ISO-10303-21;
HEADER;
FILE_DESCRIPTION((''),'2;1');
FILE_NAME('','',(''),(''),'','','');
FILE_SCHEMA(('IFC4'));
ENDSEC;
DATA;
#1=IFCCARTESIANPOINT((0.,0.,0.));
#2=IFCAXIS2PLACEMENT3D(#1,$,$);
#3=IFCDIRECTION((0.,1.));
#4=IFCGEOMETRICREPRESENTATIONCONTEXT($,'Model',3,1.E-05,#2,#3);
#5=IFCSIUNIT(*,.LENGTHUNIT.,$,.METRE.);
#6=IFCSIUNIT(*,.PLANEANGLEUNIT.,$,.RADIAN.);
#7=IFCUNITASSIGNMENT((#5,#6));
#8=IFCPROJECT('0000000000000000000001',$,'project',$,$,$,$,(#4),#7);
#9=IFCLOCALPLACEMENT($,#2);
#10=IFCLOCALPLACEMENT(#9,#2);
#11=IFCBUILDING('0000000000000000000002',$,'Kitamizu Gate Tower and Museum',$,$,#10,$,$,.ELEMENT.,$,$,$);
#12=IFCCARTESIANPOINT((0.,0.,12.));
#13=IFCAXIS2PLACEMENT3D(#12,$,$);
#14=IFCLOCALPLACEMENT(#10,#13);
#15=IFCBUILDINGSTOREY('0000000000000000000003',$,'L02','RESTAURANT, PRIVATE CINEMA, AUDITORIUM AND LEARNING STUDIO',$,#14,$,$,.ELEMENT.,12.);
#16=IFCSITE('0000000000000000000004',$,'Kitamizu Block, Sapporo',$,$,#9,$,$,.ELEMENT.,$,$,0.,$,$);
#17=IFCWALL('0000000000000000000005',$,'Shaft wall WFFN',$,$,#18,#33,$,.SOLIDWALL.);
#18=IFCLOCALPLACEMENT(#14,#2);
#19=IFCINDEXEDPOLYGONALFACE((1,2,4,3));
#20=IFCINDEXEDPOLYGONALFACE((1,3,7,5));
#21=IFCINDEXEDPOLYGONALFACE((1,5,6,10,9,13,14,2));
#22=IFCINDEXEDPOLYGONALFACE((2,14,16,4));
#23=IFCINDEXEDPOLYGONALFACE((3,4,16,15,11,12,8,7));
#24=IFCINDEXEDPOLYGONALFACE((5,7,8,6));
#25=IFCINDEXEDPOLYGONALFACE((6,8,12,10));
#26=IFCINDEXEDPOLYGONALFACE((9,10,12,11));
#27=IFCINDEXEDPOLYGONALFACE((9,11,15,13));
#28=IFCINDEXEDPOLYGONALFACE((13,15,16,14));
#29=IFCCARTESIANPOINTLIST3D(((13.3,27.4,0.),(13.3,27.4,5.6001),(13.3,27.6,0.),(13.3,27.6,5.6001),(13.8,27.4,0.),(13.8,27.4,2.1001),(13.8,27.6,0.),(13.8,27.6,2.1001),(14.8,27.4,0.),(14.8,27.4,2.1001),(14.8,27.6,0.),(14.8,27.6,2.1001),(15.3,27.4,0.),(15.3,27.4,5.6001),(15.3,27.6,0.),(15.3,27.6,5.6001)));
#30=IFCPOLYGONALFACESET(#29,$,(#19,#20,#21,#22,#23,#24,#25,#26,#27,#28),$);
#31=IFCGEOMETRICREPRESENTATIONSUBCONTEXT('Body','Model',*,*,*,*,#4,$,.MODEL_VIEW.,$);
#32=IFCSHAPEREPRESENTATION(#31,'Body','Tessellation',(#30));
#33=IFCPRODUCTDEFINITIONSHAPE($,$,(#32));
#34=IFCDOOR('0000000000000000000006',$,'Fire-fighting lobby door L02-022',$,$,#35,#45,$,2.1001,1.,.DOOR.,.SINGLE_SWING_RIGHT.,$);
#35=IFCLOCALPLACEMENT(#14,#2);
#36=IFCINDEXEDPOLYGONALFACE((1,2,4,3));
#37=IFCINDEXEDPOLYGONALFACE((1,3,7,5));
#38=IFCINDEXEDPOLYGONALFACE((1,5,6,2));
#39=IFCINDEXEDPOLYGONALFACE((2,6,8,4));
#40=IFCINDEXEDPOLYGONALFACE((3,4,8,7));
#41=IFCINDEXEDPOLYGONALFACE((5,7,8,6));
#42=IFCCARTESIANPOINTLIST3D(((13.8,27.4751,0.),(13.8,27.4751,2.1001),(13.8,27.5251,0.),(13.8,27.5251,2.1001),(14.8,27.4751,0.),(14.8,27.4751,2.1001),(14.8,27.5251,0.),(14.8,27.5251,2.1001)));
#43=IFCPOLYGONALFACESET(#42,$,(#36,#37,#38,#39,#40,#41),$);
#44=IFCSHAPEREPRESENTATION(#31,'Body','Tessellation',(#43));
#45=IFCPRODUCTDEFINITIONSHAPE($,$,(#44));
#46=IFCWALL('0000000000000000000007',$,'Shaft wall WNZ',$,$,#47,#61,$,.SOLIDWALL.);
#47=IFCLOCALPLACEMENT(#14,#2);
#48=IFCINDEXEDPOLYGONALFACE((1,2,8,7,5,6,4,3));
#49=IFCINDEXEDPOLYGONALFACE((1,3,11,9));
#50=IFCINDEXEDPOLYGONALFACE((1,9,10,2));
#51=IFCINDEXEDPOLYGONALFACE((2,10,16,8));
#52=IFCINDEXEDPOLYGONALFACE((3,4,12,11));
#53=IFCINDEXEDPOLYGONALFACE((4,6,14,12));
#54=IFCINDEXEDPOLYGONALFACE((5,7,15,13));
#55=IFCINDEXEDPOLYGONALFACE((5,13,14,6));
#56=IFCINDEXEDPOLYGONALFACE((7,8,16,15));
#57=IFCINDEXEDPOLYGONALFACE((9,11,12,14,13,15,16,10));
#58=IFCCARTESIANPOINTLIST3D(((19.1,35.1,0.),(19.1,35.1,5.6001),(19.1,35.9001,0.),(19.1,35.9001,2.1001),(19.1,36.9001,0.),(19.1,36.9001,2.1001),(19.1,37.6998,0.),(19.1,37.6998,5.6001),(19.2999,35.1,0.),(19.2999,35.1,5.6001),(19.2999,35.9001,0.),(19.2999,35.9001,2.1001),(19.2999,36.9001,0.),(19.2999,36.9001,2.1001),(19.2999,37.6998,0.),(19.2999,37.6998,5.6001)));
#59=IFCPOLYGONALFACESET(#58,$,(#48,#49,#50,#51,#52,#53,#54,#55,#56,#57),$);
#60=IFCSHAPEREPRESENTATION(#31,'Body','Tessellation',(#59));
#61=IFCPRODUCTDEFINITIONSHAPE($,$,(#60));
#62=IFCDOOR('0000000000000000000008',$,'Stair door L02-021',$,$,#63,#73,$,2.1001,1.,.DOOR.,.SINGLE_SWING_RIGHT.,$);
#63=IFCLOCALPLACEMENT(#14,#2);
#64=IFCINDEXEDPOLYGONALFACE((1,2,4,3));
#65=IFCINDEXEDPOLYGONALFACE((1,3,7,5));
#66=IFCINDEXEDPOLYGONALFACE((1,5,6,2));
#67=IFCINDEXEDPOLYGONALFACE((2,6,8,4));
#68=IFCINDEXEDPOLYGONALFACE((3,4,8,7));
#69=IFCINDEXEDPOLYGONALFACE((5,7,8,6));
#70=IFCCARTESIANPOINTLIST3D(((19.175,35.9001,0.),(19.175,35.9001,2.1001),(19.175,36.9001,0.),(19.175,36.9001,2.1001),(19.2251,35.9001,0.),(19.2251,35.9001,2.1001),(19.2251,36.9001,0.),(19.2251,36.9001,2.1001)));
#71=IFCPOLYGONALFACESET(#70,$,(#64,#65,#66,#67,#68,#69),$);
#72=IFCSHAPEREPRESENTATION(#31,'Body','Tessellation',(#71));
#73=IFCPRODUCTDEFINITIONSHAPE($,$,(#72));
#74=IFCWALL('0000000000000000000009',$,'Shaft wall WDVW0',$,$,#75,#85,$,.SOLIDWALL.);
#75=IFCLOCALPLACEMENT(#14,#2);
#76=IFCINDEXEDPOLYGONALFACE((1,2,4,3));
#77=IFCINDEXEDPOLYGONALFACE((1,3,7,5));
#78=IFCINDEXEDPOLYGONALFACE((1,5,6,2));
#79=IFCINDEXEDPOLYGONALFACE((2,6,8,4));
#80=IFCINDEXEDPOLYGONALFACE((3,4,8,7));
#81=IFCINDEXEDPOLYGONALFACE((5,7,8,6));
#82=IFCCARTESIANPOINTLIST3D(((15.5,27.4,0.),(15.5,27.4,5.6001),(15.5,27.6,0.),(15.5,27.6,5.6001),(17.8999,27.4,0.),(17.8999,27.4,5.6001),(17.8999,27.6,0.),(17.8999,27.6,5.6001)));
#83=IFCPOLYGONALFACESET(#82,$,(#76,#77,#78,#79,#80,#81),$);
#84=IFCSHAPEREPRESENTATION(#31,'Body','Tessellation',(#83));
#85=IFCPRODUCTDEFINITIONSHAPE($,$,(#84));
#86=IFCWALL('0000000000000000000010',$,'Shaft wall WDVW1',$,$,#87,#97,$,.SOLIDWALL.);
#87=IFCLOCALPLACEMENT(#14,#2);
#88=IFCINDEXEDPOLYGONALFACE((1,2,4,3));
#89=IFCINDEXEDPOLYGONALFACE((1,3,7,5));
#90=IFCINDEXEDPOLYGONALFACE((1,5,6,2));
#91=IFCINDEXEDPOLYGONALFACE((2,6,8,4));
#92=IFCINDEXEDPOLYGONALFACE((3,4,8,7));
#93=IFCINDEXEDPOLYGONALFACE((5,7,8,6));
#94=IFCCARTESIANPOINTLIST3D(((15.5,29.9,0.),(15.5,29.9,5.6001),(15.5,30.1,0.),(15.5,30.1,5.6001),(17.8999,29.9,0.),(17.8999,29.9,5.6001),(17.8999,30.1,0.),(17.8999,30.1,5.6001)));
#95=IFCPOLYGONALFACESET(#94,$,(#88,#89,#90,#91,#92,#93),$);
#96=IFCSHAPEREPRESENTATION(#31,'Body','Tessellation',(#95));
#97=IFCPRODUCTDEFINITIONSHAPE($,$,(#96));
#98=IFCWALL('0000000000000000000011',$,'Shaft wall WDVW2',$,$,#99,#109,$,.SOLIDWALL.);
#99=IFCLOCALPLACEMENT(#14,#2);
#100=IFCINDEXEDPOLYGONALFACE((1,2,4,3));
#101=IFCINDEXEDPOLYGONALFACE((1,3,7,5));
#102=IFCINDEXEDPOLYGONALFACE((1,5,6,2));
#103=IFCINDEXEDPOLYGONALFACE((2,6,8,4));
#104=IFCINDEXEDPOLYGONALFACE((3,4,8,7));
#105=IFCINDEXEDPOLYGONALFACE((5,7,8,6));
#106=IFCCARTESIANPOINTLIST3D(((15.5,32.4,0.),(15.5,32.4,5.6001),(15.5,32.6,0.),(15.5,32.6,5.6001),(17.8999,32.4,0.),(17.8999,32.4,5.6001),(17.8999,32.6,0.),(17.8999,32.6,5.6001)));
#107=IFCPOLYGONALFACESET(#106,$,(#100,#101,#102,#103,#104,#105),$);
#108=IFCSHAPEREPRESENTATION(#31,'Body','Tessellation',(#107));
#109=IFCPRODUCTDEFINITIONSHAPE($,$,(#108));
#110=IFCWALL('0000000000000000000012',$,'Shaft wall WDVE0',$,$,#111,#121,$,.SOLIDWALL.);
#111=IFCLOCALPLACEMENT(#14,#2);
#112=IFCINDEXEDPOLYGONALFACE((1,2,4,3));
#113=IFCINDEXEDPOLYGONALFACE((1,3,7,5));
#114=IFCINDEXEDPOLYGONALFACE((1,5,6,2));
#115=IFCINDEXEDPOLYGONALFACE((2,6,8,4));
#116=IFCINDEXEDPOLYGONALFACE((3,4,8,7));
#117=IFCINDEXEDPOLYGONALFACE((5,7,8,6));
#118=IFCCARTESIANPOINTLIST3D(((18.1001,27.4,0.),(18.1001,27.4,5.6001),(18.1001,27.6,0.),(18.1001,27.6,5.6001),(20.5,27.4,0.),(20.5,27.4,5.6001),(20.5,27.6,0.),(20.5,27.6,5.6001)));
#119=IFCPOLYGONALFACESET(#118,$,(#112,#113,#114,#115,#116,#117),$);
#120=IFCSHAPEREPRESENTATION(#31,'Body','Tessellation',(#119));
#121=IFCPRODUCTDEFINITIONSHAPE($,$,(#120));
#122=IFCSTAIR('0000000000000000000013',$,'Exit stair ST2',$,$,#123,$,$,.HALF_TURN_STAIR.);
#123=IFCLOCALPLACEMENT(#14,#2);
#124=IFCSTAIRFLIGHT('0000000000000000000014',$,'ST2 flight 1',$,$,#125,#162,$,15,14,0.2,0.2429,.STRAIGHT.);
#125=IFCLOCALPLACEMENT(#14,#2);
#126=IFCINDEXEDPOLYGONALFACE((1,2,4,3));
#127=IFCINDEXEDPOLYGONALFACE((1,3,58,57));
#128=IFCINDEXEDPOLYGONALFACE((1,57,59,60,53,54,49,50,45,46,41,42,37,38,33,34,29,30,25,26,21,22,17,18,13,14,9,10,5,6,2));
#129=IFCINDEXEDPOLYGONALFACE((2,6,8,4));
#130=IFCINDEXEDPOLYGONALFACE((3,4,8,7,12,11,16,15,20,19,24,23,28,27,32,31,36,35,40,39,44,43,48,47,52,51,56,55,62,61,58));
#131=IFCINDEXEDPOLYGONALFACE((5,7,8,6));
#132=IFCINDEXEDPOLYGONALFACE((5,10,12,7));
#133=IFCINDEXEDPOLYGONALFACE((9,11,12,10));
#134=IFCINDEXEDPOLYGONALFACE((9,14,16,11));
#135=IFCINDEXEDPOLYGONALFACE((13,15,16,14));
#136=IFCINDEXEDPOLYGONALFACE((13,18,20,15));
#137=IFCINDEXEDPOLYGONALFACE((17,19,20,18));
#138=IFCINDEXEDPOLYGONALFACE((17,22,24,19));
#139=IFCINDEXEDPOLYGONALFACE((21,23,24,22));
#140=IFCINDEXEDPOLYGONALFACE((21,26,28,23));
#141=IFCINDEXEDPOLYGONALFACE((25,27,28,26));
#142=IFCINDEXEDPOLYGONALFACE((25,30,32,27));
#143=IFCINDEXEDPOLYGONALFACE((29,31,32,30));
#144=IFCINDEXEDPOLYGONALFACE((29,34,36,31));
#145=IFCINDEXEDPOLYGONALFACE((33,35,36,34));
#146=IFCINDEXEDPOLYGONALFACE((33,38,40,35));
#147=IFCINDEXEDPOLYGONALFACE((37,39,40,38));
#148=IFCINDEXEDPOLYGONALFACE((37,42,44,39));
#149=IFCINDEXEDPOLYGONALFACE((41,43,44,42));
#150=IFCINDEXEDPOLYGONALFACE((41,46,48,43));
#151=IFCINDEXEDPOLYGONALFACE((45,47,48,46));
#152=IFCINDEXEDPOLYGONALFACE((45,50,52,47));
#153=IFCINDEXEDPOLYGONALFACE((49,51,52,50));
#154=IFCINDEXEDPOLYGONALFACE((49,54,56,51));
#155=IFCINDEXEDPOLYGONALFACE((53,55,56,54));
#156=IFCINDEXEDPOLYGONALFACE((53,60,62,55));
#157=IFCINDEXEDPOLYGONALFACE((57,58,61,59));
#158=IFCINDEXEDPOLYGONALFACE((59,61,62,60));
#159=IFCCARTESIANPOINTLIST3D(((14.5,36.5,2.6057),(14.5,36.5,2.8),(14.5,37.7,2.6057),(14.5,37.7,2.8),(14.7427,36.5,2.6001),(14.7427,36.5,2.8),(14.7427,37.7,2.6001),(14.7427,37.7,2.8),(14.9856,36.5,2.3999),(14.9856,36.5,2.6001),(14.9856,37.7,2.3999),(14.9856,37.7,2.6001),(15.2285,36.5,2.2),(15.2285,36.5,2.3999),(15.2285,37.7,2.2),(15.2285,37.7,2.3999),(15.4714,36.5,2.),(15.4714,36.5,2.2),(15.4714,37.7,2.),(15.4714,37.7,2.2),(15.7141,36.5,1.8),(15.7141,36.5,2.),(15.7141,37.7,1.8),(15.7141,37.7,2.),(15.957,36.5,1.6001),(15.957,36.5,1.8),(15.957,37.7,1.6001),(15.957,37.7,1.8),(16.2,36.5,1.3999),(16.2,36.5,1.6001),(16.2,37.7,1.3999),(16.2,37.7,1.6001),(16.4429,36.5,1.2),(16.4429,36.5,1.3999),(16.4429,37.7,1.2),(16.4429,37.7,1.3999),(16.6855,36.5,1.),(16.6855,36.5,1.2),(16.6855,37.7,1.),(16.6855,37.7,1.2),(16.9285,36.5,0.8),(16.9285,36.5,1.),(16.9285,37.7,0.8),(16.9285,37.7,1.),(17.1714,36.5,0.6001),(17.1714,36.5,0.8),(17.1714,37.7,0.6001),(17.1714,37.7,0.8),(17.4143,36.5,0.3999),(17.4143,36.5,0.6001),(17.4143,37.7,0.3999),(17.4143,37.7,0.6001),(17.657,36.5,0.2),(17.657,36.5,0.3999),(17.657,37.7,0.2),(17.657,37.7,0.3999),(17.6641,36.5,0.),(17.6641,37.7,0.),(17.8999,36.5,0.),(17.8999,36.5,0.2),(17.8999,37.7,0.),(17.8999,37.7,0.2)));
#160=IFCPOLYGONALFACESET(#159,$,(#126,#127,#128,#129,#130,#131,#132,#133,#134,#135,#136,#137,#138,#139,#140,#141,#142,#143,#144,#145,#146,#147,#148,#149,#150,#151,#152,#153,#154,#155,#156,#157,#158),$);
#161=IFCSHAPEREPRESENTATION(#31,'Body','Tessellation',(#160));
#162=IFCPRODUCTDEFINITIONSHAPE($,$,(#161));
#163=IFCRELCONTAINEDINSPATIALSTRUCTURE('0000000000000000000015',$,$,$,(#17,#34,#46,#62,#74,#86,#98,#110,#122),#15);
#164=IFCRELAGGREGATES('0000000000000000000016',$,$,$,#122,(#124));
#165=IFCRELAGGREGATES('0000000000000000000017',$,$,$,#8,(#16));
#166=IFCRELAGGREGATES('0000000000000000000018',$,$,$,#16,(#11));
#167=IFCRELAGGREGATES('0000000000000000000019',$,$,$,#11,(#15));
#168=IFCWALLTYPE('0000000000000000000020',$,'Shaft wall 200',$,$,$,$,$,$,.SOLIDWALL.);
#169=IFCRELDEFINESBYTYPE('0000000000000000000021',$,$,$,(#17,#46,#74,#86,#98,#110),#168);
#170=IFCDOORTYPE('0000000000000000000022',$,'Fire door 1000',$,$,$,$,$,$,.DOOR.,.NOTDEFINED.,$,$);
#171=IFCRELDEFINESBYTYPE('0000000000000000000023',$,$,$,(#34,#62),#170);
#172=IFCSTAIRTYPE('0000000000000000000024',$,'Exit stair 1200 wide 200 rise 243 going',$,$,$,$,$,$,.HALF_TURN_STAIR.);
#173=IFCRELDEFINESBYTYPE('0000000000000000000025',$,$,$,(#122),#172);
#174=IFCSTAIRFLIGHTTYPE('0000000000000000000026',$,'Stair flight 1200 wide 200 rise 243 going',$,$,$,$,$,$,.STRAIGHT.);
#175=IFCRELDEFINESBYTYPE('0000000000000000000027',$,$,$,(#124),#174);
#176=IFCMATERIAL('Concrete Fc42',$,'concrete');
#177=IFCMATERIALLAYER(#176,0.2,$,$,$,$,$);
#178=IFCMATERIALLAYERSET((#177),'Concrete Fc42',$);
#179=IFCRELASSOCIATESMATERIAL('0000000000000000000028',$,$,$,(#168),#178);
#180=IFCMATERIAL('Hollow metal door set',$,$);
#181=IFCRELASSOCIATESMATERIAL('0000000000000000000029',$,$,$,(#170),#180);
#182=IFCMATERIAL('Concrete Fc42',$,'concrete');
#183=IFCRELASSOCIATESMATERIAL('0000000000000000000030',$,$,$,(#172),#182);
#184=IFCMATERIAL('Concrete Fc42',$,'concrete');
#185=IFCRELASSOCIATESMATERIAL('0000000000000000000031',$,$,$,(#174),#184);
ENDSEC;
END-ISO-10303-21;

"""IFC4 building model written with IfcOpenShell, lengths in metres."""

from ifc_helpers import new_model, si_unit, direction, frame, frame_2d, origin, place, context, subcontext, project, spatial, polyline, rectangle, outline, extrude, material, layer, layer_set, type_object, element, fill, aggregate, save


model = new_model("IFC4")

# Units and contexts
model_context = context("Model", 3, precision=1e-05, world=origin(), true_north=direction((0.0, 1.0)))
body_context = subcontext(model_context, "Body", "Model", "MODEL_VIEW")
ifc_project = project(units=[si_unit("LENGTHUNIT", "METRE"), si_unit("PLANEANGLEUNIT", "RADIAN")], contexts=[model_context])

# Site, building, storey
site_placement = place(None, origin())
site = spatial("IfcSite", under=ifc_project, at=site_placement, Name="Kitamizu Block, Sapporo", CompositionType="ELEMENT", RefElevation=0.0)
building_placement = place(site_placement, origin())
building = spatial("IfcBuilding", under=site, at=building_placement, Name="Kitamizu Gate Tower and Museum", CompositionType="ELEMENT")
storey_placement = place(building_placement, frame((0.0, 0.0, 12.0)))
storey = spatial("IfcBuildingStorey", under=building, at=storey_placement, Name="L02", Description="RESTAURANT, PRIVATE CINEMA, AUDITORIUM AND LEARNING STUDIO", CompositionType="ELEMENT", Elevation=12.0)

# Shared definitions
ifc_material_1 = material(Name="Concrete Fc42", Category="concrete")
ifc_layer_1 = layer(ifc_material_1, 0.2)
ifc_layer_set_1 = layer_set([ifc_layer_1], Name="Concrete Fc42")
wall_type_1 = type_object("IfcWallType", Name="Shaft wall 200", PredefinedType="SOLIDWALL", material=ifc_layer_set_1)
ifc_material_2 = material(Name="Hollow metal door set")
door_type_1 = type_object("IfcDoorType", Name="Fire door 1000", OperationType="NOTDEFINED", PredefinedType="DOOR", material=ifc_material_2)

# Walls, openings, doors
wall_1_placement = place(storey_placement, frame((13.3, 27.5, 0.0), z_axis=(0.0, 0.0, 1.0), x_axis=(1.0, 0.0, 0.0)))
wall_1 = element("IfcWall", 1, at=wall_1_placement, inside=storey, type_object=wall_type_1, Name="Shaft wall WFFN", PredefinedType="SOLIDWALL", context=body_context, shape_type="SweptSolid", body=[
    extrude(rectangle(XDim=2.0, YDim=0.2, at=frame_2d((1.0, 0.0))), origin(), (0.0, 0.0, 1.0), 5.6001),
])
opening_1_placement = place(wall_1_placement, frame((0.5, 0.0, 0.0)))
opening_1 = element("IfcOpeningElement", 2, at=opening_1_placement, cuts=wall_1, PredefinedType="OPENING", context=body_context, shape_type="SweptSolid", body=[
    extrude(rectangle(XDim=1.0, YDim=2.1001, at=frame_2d((0.5, 1.05))), frame((0.0, 0.1099, 0.0), z_axis=(0.0, -1.0, 0.0), x_axis=(1.0, 0.0, 0.0)), (0.0, 0.0, 1.0), 0.22),
])
door_1_placement = place(opening_1_placement, frame((1.0, 0.0, 0.0), x_axis=(-1.0, 0.0, 0.0)))
door_1 = element("IfcDoor", 3, at=door_1_placement, inside=storey, type_object=door_type_1, Name="Fire-fighting lobby door L02-022", OperationType="SINGLE_SWING_RIGHT", OverallHeight=2.1001, OverallWidth=1.0, PredefinedType="DOOR", context=body_context, shape_type="SweptSolid", body=[
    extrude(rectangle(XDim=1.0, YDim=2.1001, at=frame_2d((0.5, 1.05))), frame((0.0, 0.0249, 0.0), z_axis=(0.0, -1.0, 0.0), x_axis=(1.0, 0.0, 0.0)), (0.0, 0.0, 1.0), 0.05),
])
fill(opening_1, door_1)
wall_2_placement = place(storey_placement, frame((19.2, 35.1001, 0.0), z_axis=(0.0, 0.0, 1.0), x_axis=(0.0, 1.0, 0.0)))
wall_2 = element("IfcWall", 4, at=wall_2_placement, inside=storey, type_object=wall_type_1, Name="Shaft wall WNZ", PredefinedType="SOLIDWALL", context=body_context, shape_type="SweptSolid", body=[
    extrude(rectangle(XDim=2.5999, YDim=0.2, at=frame_2d((1.2998, 0.0))), origin(), (0.0, 0.0, 1.0), 5.6001),
])
opening_2_placement = place(wall_2_placement, frame((0.8, 0.0, 0.0)))
opening_2 = element("IfcOpeningElement", 5, at=opening_2_placement, cuts=wall_2, PredefinedType="OPENING", context=body_context, shape_type="SweptSolid", body=[
    extrude(rectangle(XDim=1.0, YDim=2.1001, at=frame_2d((0.5, 1.05))), frame((0.0, 0.1099, 0.0), z_axis=(0.0, -1.0, 0.0), x_axis=(1.0, 0.0, 0.0)), (0.0, 0.0, 1.0), 0.22),
])
door_2_placement = place(opening_2_placement, origin())
door_2 = element("IfcDoor", 6, at=door_2_placement, inside=storey, type_object=door_type_1, Name="Stair door L02-021", OperationType="SINGLE_SWING_RIGHT", OverallHeight=2.1001, OverallWidth=1.0, PredefinedType="DOOR", context=body_context, shape_type="SweptSolid", body=[
    extrude(rectangle(XDim=1.0, YDim=2.1001, at=frame_2d((0.5, 1.05))), frame((0.0, 0.0249, 0.0), z_axis=(0.0, -1.0, 0.0), x_axis=(1.0, 0.0, 0.0)), (0.0, 0.0, 1.0), 0.05),
])
fill(opening_2, door_2)

# Walls
for number, where, z_axis, x_axis, name in (
    (7, (15.5, 27.5, 0.0), (0.0, 0.0, 1.0), (1.0, 0.0, 0.0), "Shaft wall WDVW0"),
    (8, (15.5, 30.0, 0.0), (0.0, 0.0, 1.0), (1.0, 0.0, 0.0), "Shaft wall WDVW1"),
    (9, (15.5, 32.5, 0.0), (0.0, 0.0, 1.0), (1.0, 0.0, 0.0), "Shaft wall WDVW2"),
    (10, (18.1001, 27.5, 0.0), (0.0, 0.0, 1.0), (1.0, 0.0, 0.0), "Shaft wall WDVE0"),
):
    element("IfcWall", number, at=place(storey_placement, frame(where, z_axis=z_axis, x_axis=x_axis)), inside=storey, type_object=wall_type_1, Name=name, PredefinedType="SOLIDWALL", context=body_context, shape_type="SweptSolid", body=[
        extrude(rectangle(XDim=2.3999, YDim=0.2, at=frame_2d((1.2, 0.0))), origin(), (0.0, 0.0, 1.0), 5.6001),
    ])

# Stair, stair flight
ifc_material_3 = material(Name="Concrete Fc42", Category="concrete")
stair_type = type_object("IfcStairType", Name="Exit stair 1200 wide 200 rise 243 going", PredefinedType="HALF_TURN_STAIR", material=ifc_material_3)
stair_placement = place(storey_placement, origin())
stair = element("IfcStair", 11, at=stair_placement, inside=storey, type_object=stair_type, Name="Exit stair ST2", PredefinedType="HALF_TURN_STAIR")
ifc_material_4 = material(Name="Concrete Fc42", Category="concrete")
stair_flight_type = type_object("IfcStairFlightType", Name="Stair flight 1200 wide 200 rise 243 going", PredefinedType="STRAIGHT", material=ifc_material_4)
stair_flight_1_placement = place(storey_placement, frame((17.8999, 37.1001, 0.0), z_axis=(0.0, 0.0, 1.0), x_axis=(-1.0, 0.0, 0.0)))
stair_flight_1 = element("IfcStairFlight", 12, at=stair_flight_1_placement, type_object=stair_flight_type, Name="ST2 flight 1", NumberOfRisers=15, NumberOfTreads=14, PredefinedType="STRAIGHT", RiserHeight=0.2, TreadLength=0.2429, context=body_context, shape_type="SweptSolid", body=[
    extrude(outline(polyline([(0.0, 0.0), (0.0, 0.2), (0.2429, 0.2), (0.2429, 0.3999), (0.4856, 0.3999), (0.4856, 0.6001), (0.7285, 0.6001), (0.7285, 0.8), (0.9714, 0.8), (0.9714, 1.0), (1.2144, 1.0), (1.2144, 1.2), (1.457, 1.2), (1.457, 1.3999), (1.7, 1.3999), (1.7, 1.6001), (1.9429, 1.6001), (1.9429, 1.8), (2.1858, 1.8), (2.1858, 2.0), (2.4285, 2.0), (2.4285, 2.2), (2.6714, 2.2), (2.6714, 2.3999), (2.9143, 2.3999), (2.9143, 2.6001), (3.1572, 2.6001), (3.1572, 2.8), (3.3999, 2.8), (3.3999, 3.0), (3.3999, 2.6057), (0.2358, 0.0), (0.0, 0.0)])), frame((0.0, 0.6001, 0.0), z_axis=(0.0, -1.0, 0.0), x_axis=(1.0, 0.0, 0.0)), (0.0, 0.0, 1.0), 1.2),
])
aggregate(stair, [stair_flight_1])

save(model, "model.ifc")
